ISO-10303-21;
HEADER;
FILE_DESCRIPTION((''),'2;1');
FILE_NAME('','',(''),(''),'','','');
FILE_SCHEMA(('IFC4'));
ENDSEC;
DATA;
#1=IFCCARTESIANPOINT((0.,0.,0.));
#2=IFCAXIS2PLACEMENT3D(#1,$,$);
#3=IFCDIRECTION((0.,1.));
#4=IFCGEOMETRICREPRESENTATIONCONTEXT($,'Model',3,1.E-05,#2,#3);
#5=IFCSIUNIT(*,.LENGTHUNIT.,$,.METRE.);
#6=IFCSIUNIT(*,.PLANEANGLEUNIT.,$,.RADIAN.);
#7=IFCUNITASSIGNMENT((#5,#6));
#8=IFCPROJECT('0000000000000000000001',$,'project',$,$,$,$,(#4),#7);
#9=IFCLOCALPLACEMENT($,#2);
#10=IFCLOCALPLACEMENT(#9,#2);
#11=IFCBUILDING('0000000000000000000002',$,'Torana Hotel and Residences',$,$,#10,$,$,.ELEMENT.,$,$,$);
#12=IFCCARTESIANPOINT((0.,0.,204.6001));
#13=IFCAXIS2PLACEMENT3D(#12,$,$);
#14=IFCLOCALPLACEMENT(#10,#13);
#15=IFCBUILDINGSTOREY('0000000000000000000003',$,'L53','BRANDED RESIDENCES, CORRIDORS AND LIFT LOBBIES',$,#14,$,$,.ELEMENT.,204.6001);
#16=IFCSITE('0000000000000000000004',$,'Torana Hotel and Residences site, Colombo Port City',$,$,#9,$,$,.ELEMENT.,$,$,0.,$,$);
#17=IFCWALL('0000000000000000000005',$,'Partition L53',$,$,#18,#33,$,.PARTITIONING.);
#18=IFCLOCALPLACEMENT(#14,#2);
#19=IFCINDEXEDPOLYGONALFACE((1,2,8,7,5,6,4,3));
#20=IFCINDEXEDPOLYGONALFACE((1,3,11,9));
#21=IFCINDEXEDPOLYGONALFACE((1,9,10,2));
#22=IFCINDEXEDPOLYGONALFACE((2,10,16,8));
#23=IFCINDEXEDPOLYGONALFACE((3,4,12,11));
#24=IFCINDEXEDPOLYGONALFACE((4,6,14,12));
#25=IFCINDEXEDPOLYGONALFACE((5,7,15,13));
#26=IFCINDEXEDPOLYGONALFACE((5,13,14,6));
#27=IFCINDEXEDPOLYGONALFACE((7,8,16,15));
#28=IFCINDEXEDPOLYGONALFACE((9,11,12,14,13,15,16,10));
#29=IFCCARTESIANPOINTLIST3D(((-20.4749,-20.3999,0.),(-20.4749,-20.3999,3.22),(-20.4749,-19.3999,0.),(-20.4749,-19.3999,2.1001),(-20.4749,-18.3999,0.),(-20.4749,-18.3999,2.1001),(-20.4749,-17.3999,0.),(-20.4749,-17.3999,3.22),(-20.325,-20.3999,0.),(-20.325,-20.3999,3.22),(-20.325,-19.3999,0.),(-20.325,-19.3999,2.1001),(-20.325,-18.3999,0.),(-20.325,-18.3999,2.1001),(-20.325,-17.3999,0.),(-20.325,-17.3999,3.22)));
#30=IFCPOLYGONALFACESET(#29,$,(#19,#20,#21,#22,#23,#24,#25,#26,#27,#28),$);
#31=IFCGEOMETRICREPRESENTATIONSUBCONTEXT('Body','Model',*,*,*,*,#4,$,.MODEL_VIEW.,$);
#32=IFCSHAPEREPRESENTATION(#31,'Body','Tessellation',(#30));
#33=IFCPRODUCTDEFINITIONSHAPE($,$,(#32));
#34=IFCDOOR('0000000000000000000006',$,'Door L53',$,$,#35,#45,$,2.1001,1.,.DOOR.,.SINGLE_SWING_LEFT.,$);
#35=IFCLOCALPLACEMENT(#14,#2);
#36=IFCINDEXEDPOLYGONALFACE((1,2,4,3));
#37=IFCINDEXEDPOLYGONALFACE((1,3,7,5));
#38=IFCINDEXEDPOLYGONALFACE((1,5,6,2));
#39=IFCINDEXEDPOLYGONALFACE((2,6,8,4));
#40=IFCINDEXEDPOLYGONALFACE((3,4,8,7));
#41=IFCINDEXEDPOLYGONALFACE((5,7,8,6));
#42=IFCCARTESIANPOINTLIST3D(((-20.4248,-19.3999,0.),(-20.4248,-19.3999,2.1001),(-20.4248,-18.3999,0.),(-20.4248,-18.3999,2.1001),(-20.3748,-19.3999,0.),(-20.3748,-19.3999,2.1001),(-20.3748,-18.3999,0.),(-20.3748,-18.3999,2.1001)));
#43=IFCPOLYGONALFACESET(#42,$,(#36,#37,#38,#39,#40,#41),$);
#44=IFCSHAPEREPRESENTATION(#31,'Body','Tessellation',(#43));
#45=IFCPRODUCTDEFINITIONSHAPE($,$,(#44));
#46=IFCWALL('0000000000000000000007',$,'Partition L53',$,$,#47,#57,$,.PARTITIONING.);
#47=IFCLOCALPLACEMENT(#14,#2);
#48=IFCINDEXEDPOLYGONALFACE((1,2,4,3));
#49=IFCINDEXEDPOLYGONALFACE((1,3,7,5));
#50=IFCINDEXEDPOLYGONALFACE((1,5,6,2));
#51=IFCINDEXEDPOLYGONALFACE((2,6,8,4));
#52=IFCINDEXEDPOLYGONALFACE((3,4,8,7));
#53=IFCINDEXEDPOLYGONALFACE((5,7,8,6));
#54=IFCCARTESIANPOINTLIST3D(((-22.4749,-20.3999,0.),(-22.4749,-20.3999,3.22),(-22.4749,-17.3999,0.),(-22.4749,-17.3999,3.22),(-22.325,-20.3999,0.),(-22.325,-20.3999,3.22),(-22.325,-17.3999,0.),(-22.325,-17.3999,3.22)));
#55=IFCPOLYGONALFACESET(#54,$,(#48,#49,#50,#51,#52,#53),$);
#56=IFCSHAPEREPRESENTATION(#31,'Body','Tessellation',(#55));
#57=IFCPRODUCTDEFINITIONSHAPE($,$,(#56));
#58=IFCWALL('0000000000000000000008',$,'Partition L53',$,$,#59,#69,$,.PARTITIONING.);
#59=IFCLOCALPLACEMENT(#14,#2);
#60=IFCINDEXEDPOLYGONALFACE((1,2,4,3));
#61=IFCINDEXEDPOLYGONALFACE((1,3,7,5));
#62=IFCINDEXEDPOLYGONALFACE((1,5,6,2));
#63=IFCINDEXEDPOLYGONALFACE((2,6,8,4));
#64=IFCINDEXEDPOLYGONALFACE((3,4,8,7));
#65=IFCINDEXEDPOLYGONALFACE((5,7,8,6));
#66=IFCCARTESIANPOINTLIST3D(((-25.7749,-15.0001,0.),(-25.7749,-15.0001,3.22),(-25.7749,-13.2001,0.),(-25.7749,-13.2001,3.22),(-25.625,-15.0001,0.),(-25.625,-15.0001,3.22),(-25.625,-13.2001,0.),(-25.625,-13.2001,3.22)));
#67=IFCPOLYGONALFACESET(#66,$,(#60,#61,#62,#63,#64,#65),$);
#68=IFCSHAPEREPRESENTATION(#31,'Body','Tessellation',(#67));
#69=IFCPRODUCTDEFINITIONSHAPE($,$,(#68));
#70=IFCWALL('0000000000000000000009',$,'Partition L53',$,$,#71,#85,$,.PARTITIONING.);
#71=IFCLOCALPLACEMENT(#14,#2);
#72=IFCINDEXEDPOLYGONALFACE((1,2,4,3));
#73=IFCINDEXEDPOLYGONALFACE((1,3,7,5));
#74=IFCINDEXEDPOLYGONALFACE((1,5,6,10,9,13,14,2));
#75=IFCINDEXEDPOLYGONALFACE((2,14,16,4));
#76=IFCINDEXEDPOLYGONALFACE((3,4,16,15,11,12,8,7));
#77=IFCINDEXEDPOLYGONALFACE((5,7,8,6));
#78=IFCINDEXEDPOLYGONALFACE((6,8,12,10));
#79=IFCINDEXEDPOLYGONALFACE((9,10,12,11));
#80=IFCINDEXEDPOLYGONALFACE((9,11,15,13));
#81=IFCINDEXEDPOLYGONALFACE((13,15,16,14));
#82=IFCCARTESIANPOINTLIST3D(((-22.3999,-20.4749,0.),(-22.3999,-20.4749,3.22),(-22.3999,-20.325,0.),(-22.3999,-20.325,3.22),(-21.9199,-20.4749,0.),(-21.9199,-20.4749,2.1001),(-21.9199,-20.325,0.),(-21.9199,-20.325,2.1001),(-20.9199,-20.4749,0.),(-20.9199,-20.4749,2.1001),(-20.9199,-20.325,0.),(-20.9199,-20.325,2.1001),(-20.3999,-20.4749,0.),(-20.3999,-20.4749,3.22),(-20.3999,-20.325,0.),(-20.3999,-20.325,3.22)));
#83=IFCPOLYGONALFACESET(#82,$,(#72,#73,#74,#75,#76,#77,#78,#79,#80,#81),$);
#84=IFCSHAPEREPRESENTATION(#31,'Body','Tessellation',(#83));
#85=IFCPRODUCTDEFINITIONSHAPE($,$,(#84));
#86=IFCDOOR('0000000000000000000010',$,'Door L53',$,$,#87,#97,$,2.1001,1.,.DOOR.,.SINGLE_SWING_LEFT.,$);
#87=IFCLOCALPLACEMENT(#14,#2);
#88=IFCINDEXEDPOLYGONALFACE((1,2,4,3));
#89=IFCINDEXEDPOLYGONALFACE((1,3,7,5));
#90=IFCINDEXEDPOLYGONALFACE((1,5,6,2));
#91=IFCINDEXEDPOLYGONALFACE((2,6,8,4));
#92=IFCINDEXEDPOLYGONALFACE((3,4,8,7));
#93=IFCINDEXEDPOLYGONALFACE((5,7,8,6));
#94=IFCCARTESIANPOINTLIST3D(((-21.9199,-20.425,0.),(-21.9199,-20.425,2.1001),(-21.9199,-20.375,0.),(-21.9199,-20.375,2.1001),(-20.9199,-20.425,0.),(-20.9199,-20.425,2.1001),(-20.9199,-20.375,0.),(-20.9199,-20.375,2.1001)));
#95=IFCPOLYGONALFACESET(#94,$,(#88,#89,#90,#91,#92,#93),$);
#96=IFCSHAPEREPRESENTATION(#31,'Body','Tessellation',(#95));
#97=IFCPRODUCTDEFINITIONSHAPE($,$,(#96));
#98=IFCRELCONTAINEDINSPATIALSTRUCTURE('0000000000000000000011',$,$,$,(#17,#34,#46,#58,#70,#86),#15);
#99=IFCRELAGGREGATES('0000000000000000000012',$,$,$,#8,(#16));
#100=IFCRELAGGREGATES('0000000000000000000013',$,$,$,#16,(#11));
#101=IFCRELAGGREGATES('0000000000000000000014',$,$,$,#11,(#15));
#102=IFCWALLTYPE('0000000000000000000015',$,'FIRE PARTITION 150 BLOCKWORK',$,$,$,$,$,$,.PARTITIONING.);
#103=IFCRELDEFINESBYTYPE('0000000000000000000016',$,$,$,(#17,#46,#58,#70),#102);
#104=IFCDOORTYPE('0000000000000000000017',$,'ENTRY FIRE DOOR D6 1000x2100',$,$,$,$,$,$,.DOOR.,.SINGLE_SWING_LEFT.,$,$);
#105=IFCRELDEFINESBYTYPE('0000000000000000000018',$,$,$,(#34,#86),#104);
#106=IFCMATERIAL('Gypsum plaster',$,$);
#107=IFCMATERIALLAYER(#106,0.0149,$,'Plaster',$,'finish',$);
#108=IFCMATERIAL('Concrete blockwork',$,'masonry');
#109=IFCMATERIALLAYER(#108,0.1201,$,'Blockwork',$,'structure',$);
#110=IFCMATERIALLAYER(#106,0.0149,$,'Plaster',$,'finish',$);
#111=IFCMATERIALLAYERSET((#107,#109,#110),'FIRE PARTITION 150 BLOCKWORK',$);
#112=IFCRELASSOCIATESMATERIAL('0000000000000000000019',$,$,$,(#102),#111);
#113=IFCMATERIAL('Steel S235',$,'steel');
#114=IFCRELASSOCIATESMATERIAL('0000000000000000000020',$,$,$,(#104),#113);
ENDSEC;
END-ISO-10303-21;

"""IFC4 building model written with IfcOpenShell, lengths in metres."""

from ifc_helpers import new_model, si_unit, direction, frame, frame_2d, origin, place, context, subcontext, project, spatial, rectangle, extrude, material, layer, layer_set, type_object, element, fill, save


model = new_model("IFC4")

# Units and contexts
model_context = context("Model", 3, precision=1e-05, world=origin(), true_north=direction((0.0, 1.0)))
body_context = subcontext(model_context, "Body", "Model", "MODEL_VIEW")
ifc_project = project(units=[si_unit("LENGTHUNIT", "METRE"), si_unit("PLANEANGLEUNIT", "RADIAN")], contexts=[model_context])

# Site, building, storey
site_placement = place(None, origin())
site = spatial("IfcSite", under=ifc_project, at=site_placement, Name="Torana Hotel and Residences site, Colombo Port City", CompositionType="ELEMENT", RefElevation=0.0)
building_placement = place(site_placement, origin())
building = spatial("IfcBuilding", under=site, at=building_placement, Name="Torana Hotel and Residences", CompositionType="ELEMENT")
storey_placement = place(building_placement, frame((0.0, 0.0, 204.6001)))
storey = spatial("IfcBuildingStorey", under=building, at=storey_placement, Name="L53", Description="BRANDED RESIDENCES, CORRIDORS AND LIFT LOBBIES", CompositionType="ELEMENT", Elevation=204.6001)

# Wall, opening, door
ifc_material_1 = material(Name="Gypsum plaster")
ifc_layer_1 = layer(ifc_material_1, 0.0149, Name="Plaster", Category="finish")
ifc_material_2 = material(Name="Concrete blockwork", Category="masonry")
ifc_layer_2 = layer(ifc_material_2, 0.1201, Name="Blockwork", Category="structure")
ifc_layer_3 = layer(ifc_material_1, 0.0149, Name="Plaster", Category="finish")
ifc_layer_set_1 = layer_set([ifc_layer_1, ifc_layer_2, ifc_layer_3], Name="FIRE PARTITION 150 BLOCKWORK")
wall_type_1 = type_object("IfcWallType", Name="FIRE PARTITION 150 BLOCKWORK", PredefinedType="PARTITIONING", material=ifc_layer_set_1)
wall_1_placement = place(storey_placement, frame((-20.3999, -20.3999, 0.0), z_axis=(0.0, 0.0, 1.0), x_axis=(0.0, 1.0, 0.0)))
wall_1 = element("IfcWall", 1, at=wall_1_placement, inside=storey, type_object=wall_type_1, Name="Partition L53", PredefinedType="PARTITIONING", context=body_context, shape_type="SweptSolid", body=[
    extrude(rectangle(XDim=3.0, YDim=0.1499, at=frame_2d((1.5, 0.0))), origin(), (0.0, 0.0, 1.0), 3.22),
])
opening_1_placement = place(wall_1_placement, frame((1.0, 0.0, 0.0)))
opening_1 = element("IfcOpeningElement", 2, at=opening_1_placement, cuts=wall_1, PredefinedType="OPENING", context=body_context, shape_type="SweptSolid", body=[
    extrude(rectangle(XDim=1.0, YDim=2.1001, at=frame_2d((0.5, 1.05))), frame((0.0, 0.085, 0.0), z_axis=(0.0, -1.0, 0.0), x_axis=(1.0, 0.0, 0.0)), (0.0, 0.0, 1.0), 0.1699),
])
ifc_material_3 = material(Name="Steel S235", Category="steel")
door_type_1 = type_object("IfcDoorType", Name="ENTRY FIRE DOOR D6 1000x2100", OperationType="SINGLE_SWING_LEFT", PredefinedType="DOOR", material=ifc_material_3)
door_1_placement = place(opening_1_placement, frame((0.5, 0.0, 0.0), z_axis=(0.0, 0.0, 1.0), x_axis=(-1.0, 0.0, 0.0)))
door_1 = element("IfcDoor", 3, at=door_1_placement, inside=storey, type_object=door_type_1, Name="Door L53", OperationType="SINGLE_SWING_LEFT", OverallHeight=2.1001, OverallWidth=1.0, PredefinedType="DOOR", context=body_context, shape_type="SweptSolid", body=[
    extrude(rectangle(XDim=1.0, YDim=2.1001, at=frame_2d((0.0, 1.05))), frame((0.0, -0.0249, 0.0), z_axis=(0.0, 1.0, 0.0), x_axis=(-1.0, 0.0, 0.0)), (0.0, 0.0, 1.0), 0.05),
])
fill(opening_1, door_1)

# Walls
wall_2_placement = place(storey_placement, frame((-22.3999, -20.3999, 0.0), z_axis=(0.0, 0.0, 1.0), x_axis=(0.0, 1.0, 0.0)))
element("IfcWall", 4, at=wall_2_placement, inside=storey, type_object=wall_type_1, Name="Partition L53", PredefinedType="PARTITIONING", context=body_context, shape_type="SweptSolid", body=[
    extrude(rectangle(XDim=3.0, YDim=0.1499, at=frame_2d((1.5, 0.0))), origin(), (0.0, 0.0, 1.0), 3.22),
])
wall_3_placement = place(storey_placement, frame((-25.7, -15.0, 0.0), z_axis=(0.0, 0.0, 1.0), x_axis=(0.0, 1.0, 0.0)))
element("IfcWall", 5, at=wall_3_placement, inside=storey, type_object=wall_type_1, Name="Partition L53", PredefinedType="PARTITIONING", context=body_context, shape_type="SweptSolid", body=[
    extrude(rectangle(XDim=1.8, YDim=0.1499, at=frame_2d((0.8999, 0.0))), origin(), (0.0, 0.0, 1.0), 3.22),
])

# Wall, opening, door
wall_4_placement = place(storey_placement, frame((-22.3999, -20.3999, 0.0), z_axis=(0.0, 0.0, 1.0), x_axis=(1.0, 0.0, 0.0)))
wall_4 = element("IfcWall", 6, at=wall_4_placement, inside=storey, type_object=wall_type_1, Name="Partition L53", PredefinedType="PARTITIONING", context=body_context, shape_type="SweptSolid", body=[
    extrude(rectangle(XDim=2.0, YDim=0.1499, at=frame_2d((1.0, 0.0))), origin(), (0.0, 0.0, 1.0), 3.22),
])
opening_2_placement = place(wall_4_placement, frame((0.48, 0.0, 0.0)))
opening_2 = element("IfcOpeningElement", 7, at=opening_2_placement, cuts=wall_4, PredefinedType="OPENING", context=body_context, shape_type="SweptSolid", body=[
    extrude(rectangle(XDim=1.0, YDim=2.1001, at=frame_2d((0.5, 1.05))), frame((0.0, 0.085, 0.0), z_axis=(0.0, -1.0, 0.0), x_axis=(1.0, 0.0, 0.0)), (0.0, 0.0, 1.0), 0.1699),
])
door_2_placement = place(opening_2_placement, frame((0.5, 0.0, 0.0), z_axis=(0.0, 0.0, 1.0), x_axis=(-1.0, 0.0, 0.0)))
door_2 = element("IfcDoor", 8, at=door_2_placement, inside=storey, type_object=door_type_1, Name="Door L53", OperationType="SINGLE_SWING_LEFT", OverallHeight=2.1001, OverallWidth=1.0, PredefinedType="DOOR", context=body_context, shape_type="SweptSolid", body=[
    extrude(rectangle(XDim=1.0, YDim=2.1001, at=frame_2d((0.0, 1.05))), frame((0.0, -0.0249, 0.0), z_axis=(0.0, 1.0, 0.0), x_axis=(-1.0, 0.0, 0.0)), (0.0, 0.0, 1.0), 0.05),
])
fill(opening_2, door_2)

save(model, "model.ifc")
